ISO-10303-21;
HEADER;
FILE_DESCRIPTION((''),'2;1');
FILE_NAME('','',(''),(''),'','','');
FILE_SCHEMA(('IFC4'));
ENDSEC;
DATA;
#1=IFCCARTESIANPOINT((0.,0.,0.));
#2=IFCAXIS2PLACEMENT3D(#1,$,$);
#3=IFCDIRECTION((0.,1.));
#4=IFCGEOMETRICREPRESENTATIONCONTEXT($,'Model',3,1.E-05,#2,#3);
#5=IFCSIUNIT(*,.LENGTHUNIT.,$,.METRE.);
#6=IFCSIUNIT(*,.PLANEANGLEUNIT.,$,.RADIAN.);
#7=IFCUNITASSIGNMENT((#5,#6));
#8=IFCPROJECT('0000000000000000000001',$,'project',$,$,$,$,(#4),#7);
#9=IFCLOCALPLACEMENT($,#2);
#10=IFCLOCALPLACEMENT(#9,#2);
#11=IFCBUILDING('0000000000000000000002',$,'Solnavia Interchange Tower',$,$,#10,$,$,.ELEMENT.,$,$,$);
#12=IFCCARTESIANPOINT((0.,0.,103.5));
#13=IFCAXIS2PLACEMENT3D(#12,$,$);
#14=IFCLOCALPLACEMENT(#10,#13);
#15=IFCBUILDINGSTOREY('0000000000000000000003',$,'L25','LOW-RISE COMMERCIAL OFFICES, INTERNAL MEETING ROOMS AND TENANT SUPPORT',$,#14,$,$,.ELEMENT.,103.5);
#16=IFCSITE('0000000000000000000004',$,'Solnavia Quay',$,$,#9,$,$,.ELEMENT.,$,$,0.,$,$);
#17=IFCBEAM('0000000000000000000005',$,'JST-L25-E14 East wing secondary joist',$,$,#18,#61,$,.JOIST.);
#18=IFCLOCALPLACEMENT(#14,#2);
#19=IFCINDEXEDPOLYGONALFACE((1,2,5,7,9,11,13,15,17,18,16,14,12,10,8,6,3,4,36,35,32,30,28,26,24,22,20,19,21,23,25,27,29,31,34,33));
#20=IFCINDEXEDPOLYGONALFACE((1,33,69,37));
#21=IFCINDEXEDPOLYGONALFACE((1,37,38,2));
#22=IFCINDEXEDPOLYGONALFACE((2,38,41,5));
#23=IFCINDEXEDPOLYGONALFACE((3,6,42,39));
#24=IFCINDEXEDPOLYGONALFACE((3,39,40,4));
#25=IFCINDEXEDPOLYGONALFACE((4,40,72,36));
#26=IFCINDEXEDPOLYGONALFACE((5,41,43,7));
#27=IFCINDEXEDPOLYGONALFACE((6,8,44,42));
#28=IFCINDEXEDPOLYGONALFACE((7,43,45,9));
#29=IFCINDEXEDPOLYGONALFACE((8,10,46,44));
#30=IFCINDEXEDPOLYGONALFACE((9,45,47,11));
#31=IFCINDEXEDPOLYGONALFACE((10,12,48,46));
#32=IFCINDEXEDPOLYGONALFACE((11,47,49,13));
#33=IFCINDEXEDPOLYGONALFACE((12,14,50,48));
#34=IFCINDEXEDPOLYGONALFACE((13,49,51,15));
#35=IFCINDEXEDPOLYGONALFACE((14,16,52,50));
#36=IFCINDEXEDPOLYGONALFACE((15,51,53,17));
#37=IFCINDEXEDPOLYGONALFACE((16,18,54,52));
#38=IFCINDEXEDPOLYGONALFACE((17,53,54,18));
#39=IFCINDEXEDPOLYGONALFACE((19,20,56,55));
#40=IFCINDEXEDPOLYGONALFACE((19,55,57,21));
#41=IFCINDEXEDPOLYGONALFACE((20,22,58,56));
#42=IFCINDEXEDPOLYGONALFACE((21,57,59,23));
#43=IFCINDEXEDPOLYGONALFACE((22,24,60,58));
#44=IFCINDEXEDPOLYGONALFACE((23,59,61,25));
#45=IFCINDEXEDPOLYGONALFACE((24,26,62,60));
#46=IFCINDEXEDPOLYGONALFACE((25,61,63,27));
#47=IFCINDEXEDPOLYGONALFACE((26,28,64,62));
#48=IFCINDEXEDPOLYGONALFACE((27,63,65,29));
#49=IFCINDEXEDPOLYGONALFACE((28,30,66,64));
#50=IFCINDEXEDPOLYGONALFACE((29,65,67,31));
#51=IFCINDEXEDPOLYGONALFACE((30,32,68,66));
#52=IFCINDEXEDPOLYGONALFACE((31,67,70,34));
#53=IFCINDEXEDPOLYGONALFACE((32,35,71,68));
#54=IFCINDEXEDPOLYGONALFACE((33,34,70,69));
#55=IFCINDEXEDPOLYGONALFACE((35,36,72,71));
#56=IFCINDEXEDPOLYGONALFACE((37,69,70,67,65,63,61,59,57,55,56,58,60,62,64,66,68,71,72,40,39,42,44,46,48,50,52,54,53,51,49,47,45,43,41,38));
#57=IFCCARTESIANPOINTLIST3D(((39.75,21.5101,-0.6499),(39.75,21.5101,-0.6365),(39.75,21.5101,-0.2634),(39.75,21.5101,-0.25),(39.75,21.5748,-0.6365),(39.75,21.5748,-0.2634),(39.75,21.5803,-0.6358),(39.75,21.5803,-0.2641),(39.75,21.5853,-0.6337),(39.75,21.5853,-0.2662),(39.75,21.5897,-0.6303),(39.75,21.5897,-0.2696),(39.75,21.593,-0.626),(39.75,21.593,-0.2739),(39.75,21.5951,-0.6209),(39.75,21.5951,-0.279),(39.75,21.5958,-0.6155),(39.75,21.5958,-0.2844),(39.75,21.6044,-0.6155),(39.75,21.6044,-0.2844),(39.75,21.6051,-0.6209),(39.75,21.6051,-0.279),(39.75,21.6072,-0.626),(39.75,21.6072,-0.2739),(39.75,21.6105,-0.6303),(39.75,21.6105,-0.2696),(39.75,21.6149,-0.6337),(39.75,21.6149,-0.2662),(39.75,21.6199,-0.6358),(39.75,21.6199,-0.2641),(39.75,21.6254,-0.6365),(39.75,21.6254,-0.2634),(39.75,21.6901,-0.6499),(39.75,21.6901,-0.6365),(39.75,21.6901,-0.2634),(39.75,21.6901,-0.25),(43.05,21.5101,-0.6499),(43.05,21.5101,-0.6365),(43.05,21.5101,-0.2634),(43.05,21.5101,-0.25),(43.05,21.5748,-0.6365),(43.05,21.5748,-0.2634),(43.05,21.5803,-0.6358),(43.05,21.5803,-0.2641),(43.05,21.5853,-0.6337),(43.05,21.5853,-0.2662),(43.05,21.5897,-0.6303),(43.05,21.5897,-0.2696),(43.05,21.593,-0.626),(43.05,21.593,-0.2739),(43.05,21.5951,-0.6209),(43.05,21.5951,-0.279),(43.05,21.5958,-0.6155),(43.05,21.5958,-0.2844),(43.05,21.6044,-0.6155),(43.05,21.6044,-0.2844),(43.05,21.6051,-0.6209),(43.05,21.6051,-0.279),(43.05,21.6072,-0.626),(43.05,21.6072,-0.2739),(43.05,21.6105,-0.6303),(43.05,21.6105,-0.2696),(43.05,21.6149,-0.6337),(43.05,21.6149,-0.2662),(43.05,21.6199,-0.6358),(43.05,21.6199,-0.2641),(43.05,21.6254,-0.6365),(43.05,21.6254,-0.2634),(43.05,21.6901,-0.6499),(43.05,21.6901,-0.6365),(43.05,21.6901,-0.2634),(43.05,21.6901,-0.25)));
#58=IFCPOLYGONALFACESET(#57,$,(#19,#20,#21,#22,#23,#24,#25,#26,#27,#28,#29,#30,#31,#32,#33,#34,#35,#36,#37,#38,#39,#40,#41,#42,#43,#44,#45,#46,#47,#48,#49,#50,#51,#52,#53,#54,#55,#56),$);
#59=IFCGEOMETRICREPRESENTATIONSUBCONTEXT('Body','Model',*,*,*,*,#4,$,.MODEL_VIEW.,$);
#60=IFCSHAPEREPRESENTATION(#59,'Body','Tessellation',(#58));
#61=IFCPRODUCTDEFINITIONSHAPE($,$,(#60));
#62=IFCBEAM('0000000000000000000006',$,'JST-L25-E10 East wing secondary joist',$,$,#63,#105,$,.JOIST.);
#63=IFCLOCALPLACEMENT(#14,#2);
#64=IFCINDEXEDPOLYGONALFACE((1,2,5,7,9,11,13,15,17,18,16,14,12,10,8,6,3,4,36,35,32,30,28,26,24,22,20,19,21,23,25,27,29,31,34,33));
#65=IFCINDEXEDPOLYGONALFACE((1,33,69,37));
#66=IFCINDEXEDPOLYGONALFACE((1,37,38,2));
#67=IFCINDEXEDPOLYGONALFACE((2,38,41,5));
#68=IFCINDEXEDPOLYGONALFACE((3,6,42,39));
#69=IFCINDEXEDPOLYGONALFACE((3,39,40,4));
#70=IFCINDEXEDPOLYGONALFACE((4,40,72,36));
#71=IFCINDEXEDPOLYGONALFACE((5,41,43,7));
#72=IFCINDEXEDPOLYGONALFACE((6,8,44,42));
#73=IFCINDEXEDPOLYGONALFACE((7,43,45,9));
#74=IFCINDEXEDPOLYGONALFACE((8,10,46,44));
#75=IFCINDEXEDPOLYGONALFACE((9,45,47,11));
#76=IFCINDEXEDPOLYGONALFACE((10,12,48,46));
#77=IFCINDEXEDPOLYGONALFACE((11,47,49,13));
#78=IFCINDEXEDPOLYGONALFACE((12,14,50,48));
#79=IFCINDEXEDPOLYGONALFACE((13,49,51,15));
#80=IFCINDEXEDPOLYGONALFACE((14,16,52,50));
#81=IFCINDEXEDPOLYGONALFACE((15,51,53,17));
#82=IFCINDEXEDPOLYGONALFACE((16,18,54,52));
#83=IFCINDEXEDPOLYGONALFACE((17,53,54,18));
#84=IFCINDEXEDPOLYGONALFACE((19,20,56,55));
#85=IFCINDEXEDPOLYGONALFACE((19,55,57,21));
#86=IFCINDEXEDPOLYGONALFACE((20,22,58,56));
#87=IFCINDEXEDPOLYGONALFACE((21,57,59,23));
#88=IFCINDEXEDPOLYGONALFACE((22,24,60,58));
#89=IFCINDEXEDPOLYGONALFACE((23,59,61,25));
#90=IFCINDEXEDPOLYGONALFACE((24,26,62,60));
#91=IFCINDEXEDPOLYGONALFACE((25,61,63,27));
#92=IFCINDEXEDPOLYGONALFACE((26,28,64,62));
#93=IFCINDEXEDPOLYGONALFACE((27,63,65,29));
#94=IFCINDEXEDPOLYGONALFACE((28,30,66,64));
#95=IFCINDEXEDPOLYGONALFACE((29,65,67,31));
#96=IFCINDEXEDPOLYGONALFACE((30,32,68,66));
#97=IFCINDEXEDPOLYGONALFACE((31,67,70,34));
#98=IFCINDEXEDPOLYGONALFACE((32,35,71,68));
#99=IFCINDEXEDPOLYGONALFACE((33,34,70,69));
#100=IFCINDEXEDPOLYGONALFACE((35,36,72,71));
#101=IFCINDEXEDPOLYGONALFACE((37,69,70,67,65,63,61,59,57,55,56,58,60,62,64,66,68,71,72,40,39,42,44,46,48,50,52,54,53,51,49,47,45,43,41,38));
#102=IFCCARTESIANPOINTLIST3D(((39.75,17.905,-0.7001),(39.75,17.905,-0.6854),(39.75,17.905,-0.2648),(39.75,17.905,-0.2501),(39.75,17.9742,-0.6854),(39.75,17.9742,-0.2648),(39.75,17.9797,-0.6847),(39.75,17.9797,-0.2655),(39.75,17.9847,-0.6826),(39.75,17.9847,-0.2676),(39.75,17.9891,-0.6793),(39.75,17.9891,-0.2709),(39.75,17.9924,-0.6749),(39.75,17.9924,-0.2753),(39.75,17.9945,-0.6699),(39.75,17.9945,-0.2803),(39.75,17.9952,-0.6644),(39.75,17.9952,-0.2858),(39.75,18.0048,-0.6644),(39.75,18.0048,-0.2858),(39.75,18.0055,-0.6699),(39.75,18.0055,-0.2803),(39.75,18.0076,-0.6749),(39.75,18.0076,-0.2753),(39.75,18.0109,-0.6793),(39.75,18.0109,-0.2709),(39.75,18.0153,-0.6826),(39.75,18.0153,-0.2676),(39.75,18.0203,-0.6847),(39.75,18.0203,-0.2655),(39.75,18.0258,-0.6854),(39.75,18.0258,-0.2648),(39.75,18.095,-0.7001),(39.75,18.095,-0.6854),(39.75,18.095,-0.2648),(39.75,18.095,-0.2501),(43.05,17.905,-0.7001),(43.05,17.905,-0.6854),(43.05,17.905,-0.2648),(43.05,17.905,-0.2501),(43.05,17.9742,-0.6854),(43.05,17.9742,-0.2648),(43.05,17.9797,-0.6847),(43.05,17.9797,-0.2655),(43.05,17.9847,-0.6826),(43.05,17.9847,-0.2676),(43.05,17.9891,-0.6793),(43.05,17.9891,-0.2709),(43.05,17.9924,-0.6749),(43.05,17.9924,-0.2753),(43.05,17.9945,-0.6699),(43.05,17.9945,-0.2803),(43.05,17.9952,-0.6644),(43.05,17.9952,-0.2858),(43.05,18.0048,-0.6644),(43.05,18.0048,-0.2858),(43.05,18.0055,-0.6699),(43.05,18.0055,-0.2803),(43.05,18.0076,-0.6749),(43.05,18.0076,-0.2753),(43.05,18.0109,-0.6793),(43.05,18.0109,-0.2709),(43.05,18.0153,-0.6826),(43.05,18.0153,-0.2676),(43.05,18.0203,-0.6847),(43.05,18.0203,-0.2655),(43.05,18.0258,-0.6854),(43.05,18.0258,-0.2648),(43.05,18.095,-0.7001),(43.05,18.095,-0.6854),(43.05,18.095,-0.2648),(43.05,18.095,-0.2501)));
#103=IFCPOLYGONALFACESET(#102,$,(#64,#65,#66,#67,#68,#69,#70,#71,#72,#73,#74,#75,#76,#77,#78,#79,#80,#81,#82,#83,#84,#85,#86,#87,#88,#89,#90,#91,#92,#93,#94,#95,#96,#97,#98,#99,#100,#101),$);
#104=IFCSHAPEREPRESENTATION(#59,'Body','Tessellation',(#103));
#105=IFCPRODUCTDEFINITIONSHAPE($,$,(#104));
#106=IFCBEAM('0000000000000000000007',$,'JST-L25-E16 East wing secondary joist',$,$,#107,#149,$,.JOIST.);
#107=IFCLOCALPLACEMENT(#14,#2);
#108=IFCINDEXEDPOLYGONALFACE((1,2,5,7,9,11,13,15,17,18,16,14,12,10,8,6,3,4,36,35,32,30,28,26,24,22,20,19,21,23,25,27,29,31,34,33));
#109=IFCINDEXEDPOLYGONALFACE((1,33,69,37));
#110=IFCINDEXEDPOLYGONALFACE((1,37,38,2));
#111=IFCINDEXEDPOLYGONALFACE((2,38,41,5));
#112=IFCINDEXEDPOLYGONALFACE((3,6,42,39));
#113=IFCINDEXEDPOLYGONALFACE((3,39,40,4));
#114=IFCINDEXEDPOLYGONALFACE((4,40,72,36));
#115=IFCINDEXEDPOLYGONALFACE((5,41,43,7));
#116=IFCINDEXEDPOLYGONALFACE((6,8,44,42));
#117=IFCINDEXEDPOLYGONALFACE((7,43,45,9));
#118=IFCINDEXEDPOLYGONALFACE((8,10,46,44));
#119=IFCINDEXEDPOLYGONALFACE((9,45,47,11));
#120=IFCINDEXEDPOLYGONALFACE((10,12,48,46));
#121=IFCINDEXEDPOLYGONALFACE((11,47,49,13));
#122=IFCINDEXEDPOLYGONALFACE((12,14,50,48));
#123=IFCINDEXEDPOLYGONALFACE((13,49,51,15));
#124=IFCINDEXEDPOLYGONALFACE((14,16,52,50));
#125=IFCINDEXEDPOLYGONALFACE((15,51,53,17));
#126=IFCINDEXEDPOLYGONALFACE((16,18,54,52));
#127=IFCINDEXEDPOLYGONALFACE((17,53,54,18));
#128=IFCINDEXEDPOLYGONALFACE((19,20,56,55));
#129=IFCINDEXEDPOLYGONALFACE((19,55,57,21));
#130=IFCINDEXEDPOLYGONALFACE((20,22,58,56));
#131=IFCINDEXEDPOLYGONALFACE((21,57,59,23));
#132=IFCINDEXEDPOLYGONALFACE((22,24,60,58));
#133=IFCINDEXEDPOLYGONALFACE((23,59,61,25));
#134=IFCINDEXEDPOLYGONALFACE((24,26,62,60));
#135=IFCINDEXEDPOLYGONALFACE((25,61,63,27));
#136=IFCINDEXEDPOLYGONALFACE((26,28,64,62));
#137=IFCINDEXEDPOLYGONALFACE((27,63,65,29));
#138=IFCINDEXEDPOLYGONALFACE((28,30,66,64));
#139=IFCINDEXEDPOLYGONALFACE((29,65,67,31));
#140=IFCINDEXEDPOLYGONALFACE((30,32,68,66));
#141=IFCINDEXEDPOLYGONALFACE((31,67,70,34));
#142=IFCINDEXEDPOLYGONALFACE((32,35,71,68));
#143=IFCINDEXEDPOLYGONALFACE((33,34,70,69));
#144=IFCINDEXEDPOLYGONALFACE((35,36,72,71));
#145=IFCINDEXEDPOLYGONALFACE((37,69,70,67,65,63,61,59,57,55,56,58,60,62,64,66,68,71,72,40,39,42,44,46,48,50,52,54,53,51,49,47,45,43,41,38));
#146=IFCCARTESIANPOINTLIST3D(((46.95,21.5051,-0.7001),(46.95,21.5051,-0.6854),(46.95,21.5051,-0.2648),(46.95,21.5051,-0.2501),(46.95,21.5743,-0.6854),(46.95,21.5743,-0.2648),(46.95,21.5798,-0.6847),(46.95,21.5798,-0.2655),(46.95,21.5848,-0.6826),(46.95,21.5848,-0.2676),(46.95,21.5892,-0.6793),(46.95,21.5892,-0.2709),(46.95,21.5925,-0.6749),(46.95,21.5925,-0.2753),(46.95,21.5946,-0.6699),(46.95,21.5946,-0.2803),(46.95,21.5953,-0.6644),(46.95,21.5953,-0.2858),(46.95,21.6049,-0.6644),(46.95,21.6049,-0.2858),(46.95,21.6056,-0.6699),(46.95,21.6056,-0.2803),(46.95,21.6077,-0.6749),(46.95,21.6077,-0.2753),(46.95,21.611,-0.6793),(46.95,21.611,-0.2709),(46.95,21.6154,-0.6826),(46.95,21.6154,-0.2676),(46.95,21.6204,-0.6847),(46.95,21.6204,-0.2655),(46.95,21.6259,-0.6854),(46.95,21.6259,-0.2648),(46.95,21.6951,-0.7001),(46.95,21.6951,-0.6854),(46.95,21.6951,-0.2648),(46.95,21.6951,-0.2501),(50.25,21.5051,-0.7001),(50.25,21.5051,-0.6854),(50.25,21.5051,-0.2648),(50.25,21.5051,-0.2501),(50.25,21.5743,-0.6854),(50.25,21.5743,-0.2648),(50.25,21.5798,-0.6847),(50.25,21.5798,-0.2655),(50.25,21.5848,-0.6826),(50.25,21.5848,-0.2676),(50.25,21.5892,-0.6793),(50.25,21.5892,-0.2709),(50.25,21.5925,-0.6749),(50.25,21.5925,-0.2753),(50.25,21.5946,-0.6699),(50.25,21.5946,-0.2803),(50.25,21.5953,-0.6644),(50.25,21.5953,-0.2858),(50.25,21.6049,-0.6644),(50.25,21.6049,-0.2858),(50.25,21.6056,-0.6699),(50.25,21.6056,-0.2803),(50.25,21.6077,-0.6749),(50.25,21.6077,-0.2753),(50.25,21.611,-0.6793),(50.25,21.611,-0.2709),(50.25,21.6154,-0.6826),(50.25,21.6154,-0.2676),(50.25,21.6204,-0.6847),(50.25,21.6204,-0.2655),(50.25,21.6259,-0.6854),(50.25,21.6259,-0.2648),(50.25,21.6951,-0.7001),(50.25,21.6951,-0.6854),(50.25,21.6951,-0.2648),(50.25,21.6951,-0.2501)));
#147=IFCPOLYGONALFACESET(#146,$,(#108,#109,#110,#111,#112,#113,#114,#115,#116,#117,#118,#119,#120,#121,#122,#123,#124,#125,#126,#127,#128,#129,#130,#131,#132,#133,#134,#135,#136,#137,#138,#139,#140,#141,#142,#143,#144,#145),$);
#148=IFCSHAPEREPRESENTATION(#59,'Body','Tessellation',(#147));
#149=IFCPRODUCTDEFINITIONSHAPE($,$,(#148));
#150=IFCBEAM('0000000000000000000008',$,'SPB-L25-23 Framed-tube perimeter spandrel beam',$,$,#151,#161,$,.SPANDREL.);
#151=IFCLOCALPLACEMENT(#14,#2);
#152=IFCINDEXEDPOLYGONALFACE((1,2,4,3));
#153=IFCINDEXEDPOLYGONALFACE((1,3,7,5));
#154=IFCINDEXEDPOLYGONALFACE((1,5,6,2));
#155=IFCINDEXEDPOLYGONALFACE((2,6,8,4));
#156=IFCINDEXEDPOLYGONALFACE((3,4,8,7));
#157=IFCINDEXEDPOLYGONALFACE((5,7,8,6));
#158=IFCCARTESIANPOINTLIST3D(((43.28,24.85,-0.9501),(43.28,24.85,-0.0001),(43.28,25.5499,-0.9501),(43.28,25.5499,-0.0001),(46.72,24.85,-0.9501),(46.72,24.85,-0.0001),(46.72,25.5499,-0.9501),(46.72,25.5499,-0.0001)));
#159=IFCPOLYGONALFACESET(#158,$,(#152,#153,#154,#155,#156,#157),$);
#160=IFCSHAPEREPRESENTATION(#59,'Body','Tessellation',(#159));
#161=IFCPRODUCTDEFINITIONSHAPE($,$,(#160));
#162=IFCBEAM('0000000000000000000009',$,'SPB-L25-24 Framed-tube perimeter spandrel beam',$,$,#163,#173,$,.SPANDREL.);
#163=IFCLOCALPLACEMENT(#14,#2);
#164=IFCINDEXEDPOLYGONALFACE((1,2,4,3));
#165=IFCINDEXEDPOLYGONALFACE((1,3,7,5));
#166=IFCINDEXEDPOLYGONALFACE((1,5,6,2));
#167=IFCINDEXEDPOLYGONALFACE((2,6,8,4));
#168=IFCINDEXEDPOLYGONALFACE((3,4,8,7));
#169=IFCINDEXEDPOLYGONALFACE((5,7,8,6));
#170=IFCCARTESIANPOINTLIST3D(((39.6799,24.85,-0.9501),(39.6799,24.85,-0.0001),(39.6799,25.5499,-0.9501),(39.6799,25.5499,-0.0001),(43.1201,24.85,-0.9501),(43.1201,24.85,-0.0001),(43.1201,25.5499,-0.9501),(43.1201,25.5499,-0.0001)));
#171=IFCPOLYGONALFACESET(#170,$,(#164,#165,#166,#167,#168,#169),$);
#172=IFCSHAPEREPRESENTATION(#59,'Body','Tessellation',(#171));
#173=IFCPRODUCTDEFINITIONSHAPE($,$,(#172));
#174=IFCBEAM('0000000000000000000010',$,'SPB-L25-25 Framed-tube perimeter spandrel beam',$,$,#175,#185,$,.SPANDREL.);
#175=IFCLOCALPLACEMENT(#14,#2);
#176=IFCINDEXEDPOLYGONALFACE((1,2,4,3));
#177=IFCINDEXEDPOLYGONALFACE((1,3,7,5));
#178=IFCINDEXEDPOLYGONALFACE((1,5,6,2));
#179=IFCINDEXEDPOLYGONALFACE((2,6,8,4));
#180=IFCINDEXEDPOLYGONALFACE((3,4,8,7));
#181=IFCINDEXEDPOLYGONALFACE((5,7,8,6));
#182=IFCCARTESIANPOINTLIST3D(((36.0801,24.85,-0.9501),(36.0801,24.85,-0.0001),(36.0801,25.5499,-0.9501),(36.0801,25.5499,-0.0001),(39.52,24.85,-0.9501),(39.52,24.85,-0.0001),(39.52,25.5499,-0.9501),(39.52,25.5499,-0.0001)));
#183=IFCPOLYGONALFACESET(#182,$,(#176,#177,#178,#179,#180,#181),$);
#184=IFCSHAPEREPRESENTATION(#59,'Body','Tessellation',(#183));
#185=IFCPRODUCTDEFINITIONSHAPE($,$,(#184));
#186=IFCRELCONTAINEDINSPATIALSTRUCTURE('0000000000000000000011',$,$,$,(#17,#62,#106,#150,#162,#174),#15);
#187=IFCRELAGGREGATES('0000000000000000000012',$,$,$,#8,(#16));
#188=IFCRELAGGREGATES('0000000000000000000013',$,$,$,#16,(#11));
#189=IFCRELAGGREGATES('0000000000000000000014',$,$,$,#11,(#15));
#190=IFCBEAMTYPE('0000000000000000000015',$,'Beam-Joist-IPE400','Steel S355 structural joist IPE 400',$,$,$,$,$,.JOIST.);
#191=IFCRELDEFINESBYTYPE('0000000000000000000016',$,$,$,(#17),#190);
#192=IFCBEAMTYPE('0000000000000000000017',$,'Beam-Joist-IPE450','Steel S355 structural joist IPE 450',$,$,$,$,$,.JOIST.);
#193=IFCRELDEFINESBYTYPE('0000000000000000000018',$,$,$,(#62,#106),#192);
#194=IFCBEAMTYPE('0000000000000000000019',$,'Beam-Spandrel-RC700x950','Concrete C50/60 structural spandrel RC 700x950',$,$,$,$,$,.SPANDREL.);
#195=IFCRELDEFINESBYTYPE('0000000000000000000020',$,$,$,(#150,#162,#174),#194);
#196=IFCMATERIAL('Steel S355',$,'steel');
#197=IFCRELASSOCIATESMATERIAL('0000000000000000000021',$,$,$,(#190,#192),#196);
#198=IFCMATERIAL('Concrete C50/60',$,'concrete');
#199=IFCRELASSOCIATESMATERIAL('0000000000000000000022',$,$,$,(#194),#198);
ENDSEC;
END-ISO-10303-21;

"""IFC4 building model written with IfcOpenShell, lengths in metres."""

from ifc_helpers import new_model, si_unit, direction, frame, origin, origin_2d, place, context, subcontext, project, spatial, rectangle, i_section, extrude, material, material_profile, profile_set, type_object, element, save


model = new_model("IFC4")

# Units and contexts
model_context = context("Model", 3, precision=1e-05, world=origin(), true_north=direction((0.0, 1.0)))
body_context = subcontext(model_context, "Body", "Model", "MODEL_VIEW")
ifc_project = project(units=[si_unit("LENGTHUNIT", "METRE"), si_unit("PLANEANGLEUNIT", "RADIAN")], contexts=[model_context])

# Site, building, storey
site_placement = place(None, origin())
site = spatial("IfcSite", under=ifc_project, at=site_placement, Name="Solnavia Quay", CompositionType="ELEMENT", RefElevation=0.0)
building_placement = place(site_placement, origin())
building = spatial("IfcBuilding", under=site, at=building_placement, Name="Solnavia Interchange Tower", CompositionType="ELEMENT")
storey_placement = place(building_placement, frame((0.0, 0.0, 103.5)))
storey = spatial("IfcBuildingStorey", under=building, at=storey_placement, Name="L25", Description="LOW-RISE COMMERCIAL OFFICES, INTERNAL MEETING ROOMS AND TENANT SUPPORT", CompositionType="ELEMENT", Elevation=103.5)

# Shared definitions
ifc_material_1 = material(Name="Concrete C50/60", Category="concrete")

# Beams
ifc_material_2 = material(Name="Steel S355", Category="steel")
ifc_material_profile_1 = material_profile(ifc_material_2, i_section(OverallWidth=0.1799, OverallDepth=0.3999, WebThickness=0.0085, FlangeThickness=0.0134, FilletRadius=0.021, at=origin_2d()), Name="IPE 400")
ifc_profile_set_1 = profile_set([ifc_material_profile_1], Name="Steel S355")
beam_type_1 = type_object("IfcBeamType", Name="Beam-Joist-IPE400", Description="Steel S355 structural joist IPE 400", PredefinedType="JOIST", material=ifc_profile_set_1)
beam_1_placement = place(storey_placement, frame((39.75, 21.6001, -0.45), z_axis=(1.0, 0.0, 0.0), x_axis=(0.0, 1.0, 0.0)))
element("IfcBeam", 1, at=beam_1_placement, inside=storey, type_object=beam_type_1, Name="JST-L25-E14 East wing secondary joist", PredefinedType="JOIST", context=body_context, shape_type="SweptSolid", body=[
    extrude(i_section(OverallWidth=0.1799, OverallDepth=0.3999, WebThickness=0.0085, FlangeThickness=0.0134, FilletRadius=0.021, at=origin_2d()), origin(), (0.0, 0.0, 1.0), 3.3),
])
ifc_material_profile_2 = material_profile(ifc_material_2, i_section(OverallWidth=0.1899, OverallDepth=0.45, WebThickness=0.0095, FlangeThickness=0.0146, FilletRadius=0.021, at=origin_2d()), Name="IPE 450")
ifc_profile_set_2 = profile_set([ifc_material_profile_2], Name="Steel S355")
beam_type_2 = type_object("IfcBeamType", Name="Beam-Joist-IPE450", Description="Steel S355 structural joist IPE 450", PredefinedType="JOIST", material=ifc_profile_set_2)
for number, where, z_axis, x_axis, name in (
    (2, (39.75, 18.0, -0.4751), (1.0, 0.0, 0.0), (0.0, 1.0, 0.0), "JST-L25-E10 East wing secondary joist"),
    (3, (46.95, 21.6001, -0.4751), (1.0, 0.0, 0.0), (0.0, 1.0, 0.0), "JST-L25-E16 East wing secondary joist"),
):
    element("IfcBeam", number, at=place(storey_placement, frame(where, z_axis=z_axis, x_axis=x_axis)), inside=storey, type_object=beam_type_2, Name=name, PredefinedType="JOIST", context=body_context, shape_type="SweptSolid", body=[
        extrude(i_section(OverallWidth=0.1899, OverallDepth=0.45, WebThickness=0.0095, FlangeThickness=0.0146, FilletRadius=0.021, at=origin_2d()), origin(), (0.0, 0.0, 1.0), 3.3),
    ])
ifc_material_profile_3 = material_profile(ifc_material_1, rectangle(XDim=0.7, YDim=0.95, at=origin_2d()), Name="RC 700x950")
ifc_profile_set_3 = profile_set([ifc_material_profile_3], Name="Concrete C50/60")
beam_type_3 = type_object("IfcBeamType", Name="Beam-Spandrel-RC700x950", Description="Concrete C50/60 structural spandrel RC 700x950", PredefinedType="SPANDREL", material=ifc_profile_set_3)
beam_2_placement = place(storey_placement, frame((46.72, 25.2, -0.4751), z_axis=(-1.0, 0.0, 0.0), x_axis=(0.0, -1.0, 0.0)))
element("IfcBeam", 4, at=beam_2_placement, inside=storey, type_object=beam_type_3, Name="SPB-L25-23 Framed-tube perimeter spandrel beam", PredefinedType="SPANDREL", context=body_context, shape_type="SweptSolid", body=[
    extrude(rectangle(XDim=0.7, YDim=0.95, at=origin_2d()), origin(), (0.0, 0.0, 1.0), 3.4399),
])
beam_3_placement = place(storey_placement, frame((43.1201, 25.2, -0.4751), z_axis=(-1.0, 0.0, 0.0), x_axis=(0.0, -1.0, 0.0)))
element("IfcBeam", 5, at=beam_3_placement, inside=storey, type_object=beam_type_3, Name="SPB-L25-24 Framed-tube perimeter spandrel beam", PredefinedType="SPANDREL", context=body_context, shape_type="SweptSolid", body=[
    extrude(rectangle(XDim=0.7, YDim=0.95, at=origin_2d()), origin(), (0.0, 0.0, 1.0), 3.4402),
])
beam_4_placement = place(storey_placement, frame((39.52, 25.2, -0.4751), z_axis=(-1.0, 0.0, 0.0), x_axis=(0.0, -1.0, 0.0)))
element("IfcBeam", 6, at=beam_4_placement, inside=storey, type_object=beam_type_3, Name="SPB-L25-25 Framed-tube perimeter spandrel beam", PredefinedType="SPANDREL", context=body_context, shape_type="SweptSolid", body=[
    extrude(rectangle(XDim=0.7, YDim=0.95, at=origin_2d()), origin(), (0.0, 0.0, 1.0), 3.4399),
])

save(model, "model.ifc")
